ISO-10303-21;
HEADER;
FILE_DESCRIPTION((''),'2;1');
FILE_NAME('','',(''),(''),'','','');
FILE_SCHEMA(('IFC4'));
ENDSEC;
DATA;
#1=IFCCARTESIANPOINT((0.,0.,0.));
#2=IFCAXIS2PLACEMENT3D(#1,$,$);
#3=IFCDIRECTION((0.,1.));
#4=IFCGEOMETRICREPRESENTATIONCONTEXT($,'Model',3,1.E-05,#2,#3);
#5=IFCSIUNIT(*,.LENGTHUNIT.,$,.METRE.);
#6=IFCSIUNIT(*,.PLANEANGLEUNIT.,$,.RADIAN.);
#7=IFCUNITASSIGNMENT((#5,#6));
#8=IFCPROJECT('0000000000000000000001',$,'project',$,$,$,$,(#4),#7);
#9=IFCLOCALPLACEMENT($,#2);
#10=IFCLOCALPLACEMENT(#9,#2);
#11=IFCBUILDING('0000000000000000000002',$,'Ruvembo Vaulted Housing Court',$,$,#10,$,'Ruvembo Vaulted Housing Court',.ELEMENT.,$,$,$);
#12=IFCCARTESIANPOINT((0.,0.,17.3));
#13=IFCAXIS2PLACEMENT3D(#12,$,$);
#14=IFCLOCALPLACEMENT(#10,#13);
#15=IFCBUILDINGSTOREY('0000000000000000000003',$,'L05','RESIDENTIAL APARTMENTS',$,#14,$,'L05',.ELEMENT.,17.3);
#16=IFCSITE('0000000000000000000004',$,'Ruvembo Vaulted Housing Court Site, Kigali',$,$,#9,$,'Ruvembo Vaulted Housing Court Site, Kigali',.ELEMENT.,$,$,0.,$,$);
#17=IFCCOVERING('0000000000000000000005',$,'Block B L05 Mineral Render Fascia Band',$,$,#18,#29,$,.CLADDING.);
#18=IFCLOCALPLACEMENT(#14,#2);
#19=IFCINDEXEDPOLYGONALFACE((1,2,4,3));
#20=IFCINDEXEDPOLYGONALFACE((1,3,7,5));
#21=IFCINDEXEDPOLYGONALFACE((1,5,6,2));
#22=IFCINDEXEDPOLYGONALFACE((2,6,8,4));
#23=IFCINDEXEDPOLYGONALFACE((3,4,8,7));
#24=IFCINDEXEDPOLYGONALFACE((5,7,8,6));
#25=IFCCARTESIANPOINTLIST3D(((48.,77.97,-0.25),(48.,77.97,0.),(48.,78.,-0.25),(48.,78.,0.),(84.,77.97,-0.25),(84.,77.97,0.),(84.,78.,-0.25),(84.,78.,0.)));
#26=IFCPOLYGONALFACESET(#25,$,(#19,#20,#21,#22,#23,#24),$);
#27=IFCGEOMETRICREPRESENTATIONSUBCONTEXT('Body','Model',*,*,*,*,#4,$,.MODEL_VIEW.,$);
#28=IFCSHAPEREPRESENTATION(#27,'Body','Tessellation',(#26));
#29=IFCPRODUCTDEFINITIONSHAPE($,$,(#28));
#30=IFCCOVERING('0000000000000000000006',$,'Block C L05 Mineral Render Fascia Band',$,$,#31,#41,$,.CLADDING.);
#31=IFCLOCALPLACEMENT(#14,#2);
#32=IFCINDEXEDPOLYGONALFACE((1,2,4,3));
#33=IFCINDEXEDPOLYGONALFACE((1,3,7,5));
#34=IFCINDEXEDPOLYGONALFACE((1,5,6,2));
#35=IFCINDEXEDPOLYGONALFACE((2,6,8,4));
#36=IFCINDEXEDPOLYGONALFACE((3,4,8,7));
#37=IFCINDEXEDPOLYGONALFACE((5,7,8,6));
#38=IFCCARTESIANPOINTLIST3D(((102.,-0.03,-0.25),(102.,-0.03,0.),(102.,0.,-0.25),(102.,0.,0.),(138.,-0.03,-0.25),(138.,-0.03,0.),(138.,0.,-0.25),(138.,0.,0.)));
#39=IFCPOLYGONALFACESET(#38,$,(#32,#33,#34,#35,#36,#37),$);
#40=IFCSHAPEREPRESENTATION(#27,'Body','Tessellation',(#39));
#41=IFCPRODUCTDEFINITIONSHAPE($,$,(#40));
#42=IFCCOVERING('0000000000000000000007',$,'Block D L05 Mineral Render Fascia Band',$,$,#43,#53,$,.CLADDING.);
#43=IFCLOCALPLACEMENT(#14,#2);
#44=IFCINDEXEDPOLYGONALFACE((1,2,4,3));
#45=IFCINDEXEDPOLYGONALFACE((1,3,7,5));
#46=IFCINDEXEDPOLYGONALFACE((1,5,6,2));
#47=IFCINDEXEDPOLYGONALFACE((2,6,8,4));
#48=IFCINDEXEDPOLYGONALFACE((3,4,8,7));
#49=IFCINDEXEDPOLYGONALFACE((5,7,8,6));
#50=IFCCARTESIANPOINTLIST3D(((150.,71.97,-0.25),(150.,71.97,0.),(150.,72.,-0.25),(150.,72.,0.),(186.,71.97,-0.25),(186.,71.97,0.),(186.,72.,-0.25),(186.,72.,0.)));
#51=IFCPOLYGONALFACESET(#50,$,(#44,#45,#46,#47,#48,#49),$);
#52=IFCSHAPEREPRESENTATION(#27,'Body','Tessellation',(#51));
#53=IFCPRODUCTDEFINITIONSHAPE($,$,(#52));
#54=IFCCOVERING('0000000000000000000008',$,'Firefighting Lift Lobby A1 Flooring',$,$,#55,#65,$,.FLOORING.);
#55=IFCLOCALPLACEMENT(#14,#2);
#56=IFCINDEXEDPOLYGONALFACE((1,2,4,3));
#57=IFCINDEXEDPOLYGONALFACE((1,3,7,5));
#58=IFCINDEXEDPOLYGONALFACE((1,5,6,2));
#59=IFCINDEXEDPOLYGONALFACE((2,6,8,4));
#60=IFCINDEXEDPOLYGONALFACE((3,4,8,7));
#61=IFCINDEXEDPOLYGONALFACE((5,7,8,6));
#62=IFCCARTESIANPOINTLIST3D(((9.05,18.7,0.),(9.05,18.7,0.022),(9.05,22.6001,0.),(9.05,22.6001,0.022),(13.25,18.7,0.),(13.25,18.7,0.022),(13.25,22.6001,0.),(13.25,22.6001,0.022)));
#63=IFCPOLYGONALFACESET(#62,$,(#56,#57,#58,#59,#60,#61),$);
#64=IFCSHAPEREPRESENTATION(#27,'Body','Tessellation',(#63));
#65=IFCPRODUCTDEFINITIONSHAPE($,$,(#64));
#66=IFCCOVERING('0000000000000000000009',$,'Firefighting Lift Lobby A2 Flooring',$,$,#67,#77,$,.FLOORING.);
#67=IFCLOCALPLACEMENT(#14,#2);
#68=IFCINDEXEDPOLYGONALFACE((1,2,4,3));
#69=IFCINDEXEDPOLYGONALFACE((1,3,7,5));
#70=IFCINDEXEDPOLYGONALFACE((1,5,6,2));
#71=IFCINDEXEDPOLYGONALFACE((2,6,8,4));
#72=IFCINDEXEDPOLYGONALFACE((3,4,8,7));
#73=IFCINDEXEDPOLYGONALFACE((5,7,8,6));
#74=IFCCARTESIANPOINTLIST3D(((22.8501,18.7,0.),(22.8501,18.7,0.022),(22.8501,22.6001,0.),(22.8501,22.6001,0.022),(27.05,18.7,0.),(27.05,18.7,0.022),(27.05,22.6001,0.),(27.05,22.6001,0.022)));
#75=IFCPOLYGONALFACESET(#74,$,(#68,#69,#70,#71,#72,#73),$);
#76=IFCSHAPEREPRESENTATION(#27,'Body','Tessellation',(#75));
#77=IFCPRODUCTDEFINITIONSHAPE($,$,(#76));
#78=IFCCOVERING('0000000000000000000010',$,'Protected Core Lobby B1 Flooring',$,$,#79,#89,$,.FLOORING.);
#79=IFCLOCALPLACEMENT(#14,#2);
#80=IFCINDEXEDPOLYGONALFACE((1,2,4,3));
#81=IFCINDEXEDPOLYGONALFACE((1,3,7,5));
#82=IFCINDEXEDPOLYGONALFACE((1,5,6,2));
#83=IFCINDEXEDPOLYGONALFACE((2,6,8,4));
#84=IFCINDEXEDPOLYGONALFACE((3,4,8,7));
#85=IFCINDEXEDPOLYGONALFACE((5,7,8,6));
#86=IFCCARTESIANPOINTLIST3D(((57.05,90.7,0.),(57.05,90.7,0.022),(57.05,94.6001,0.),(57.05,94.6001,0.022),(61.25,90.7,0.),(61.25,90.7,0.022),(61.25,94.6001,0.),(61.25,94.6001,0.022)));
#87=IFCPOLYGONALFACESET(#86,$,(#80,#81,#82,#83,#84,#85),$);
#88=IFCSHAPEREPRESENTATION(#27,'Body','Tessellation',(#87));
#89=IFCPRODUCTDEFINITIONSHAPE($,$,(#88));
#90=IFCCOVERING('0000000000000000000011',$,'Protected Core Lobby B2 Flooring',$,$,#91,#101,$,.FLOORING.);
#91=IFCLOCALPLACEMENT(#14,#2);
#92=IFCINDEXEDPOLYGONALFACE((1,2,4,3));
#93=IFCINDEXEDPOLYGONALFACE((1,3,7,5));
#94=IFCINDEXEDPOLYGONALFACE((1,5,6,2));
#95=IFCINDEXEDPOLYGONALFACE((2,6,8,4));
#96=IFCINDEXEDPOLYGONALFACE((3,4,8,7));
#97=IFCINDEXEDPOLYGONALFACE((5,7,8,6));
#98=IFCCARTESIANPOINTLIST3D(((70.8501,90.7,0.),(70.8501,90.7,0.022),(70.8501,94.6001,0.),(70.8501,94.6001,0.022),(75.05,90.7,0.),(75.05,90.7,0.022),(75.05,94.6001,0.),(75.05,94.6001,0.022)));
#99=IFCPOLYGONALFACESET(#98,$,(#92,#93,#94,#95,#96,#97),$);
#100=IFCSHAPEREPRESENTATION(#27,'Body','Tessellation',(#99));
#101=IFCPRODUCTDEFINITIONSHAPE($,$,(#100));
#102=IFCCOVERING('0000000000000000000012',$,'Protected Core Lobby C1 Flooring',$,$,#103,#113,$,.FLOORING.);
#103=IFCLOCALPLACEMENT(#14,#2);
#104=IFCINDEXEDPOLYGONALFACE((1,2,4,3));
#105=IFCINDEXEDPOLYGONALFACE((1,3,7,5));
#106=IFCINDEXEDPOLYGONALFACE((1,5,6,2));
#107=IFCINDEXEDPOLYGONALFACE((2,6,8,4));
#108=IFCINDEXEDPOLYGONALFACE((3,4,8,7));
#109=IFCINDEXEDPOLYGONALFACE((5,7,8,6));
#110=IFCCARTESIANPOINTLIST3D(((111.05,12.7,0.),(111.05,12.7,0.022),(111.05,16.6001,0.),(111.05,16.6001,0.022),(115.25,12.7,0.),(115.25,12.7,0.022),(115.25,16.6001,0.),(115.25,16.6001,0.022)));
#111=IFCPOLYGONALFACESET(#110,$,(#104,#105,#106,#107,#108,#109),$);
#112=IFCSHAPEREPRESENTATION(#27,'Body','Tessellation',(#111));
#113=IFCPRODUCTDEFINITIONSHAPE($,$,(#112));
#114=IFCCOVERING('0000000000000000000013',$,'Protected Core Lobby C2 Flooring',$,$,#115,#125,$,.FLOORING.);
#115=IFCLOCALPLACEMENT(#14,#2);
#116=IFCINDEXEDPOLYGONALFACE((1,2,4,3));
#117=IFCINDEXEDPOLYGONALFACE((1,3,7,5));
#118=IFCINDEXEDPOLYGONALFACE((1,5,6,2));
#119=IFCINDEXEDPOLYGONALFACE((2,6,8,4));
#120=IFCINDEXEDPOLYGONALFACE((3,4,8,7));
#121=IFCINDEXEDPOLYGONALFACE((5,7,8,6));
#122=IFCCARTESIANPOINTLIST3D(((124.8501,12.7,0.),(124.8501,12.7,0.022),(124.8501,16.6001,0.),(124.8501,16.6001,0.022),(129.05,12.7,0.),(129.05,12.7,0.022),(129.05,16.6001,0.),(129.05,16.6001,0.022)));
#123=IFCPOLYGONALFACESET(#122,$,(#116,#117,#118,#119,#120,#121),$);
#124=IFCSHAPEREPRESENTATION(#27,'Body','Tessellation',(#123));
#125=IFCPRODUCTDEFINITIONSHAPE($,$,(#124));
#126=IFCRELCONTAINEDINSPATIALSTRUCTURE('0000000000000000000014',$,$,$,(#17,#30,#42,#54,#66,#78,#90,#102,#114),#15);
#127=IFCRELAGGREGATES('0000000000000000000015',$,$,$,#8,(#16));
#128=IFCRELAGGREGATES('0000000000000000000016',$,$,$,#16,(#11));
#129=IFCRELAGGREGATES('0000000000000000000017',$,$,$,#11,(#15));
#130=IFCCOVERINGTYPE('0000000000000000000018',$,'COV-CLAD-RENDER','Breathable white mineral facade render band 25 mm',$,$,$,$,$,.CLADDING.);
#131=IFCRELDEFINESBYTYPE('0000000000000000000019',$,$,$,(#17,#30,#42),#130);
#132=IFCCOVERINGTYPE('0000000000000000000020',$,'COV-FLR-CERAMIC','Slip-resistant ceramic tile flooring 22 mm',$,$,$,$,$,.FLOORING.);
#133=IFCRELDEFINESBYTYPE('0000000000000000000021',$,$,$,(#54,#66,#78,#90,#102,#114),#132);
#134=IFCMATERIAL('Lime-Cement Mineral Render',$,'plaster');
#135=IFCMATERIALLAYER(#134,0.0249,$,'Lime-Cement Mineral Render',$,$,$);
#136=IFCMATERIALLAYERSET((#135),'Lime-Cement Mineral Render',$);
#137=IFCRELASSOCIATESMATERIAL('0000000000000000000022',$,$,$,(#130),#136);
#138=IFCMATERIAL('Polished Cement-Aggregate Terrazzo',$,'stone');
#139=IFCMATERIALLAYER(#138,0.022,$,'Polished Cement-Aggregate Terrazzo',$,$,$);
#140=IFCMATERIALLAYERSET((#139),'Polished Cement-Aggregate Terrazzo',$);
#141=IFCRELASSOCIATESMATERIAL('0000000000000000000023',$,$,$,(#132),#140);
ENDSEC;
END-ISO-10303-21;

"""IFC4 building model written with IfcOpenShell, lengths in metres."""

from ifc_helpers import new_model, si_unit, direction, frame, origin, place, context, subcontext, project, spatial, polyline, outline, extrude, material, layer, layer_set, type_object, element, save


model = new_model("IFC4")

# Units and contexts
model_context = context("Model", 3, precision=1e-05, world=origin(), true_north=direction((0.0, 1.0)))
body_context = subcontext(model_context, "Body", "Model", "MODEL_VIEW")
ifc_project = project(units=[si_unit("LENGTHUNIT", "METRE"), si_unit("PLANEANGLEUNIT", "RADIAN")], contexts=[model_context])

# Site, building, storey
site_placement = place(None, origin())
site = spatial("IfcSite", under=ifc_project, at=site_placement, Name="Ruvembo Vaulted Housing Court Site, Kigali", LongName="Ruvembo Vaulted Housing Court Site, Kigali", CompositionType="ELEMENT", RefElevation=0.0)
building_placement = place(site_placement, origin())
building = spatial("IfcBuilding", under=site, at=building_placement, Name="Ruvembo Vaulted Housing Court", LongName="Ruvembo Vaulted Housing Court", CompositionType="ELEMENT")
storey_placement = place(building_placement, frame((0.0, 0.0, 17.3)))
storey = spatial("IfcBuildingStorey", under=building, at=storey_placement, Name="L05", Description="RESIDENTIAL APARTMENTS", LongName="L05", CompositionType="ELEMENT", Elevation=17.3)

# Coverings
ifc_material_1 = material(Name="Lime-Cement Mineral Render", Category="plaster")
ifc_layer_1 = layer(ifc_material_1, 0.0249, Name="Lime-Cement Mineral Render")
ifc_layer_set_1 = layer_set([ifc_layer_1], Name="Lime-Cement Mineral Render")
covering_type_1 = type_object("IfcCoveringType", Name="COV-CLAD-RENDER", Description="Breathable white mineral facade render band 25 mm", PredefinedType="CLADDING", material=ifc_layer_set_1)
covering_1_placement = place(storey_placement, frame((0.0, 0.0, -0.25)))
element("IfcCovering", 1, at=covering_1_placement, inside=storey, type_object=covering_type_1, Name="Block B L05 Mineral Render Fascia Band", PredefinedType="CLADDING", context=body_context, shape_type="SweptSolid", body=[
    extrude(outline(polyline([(48.0, 77.97), (84.0, 77.97), (84.0, 78.0), (48.0, 78.0), (48.0, 77.97)])), origin(), (0.0, 0.0, 1.0), 0.25),
])
covering_2_placement = place(storey_placement, frame((0.0, 0.0, -0.25)))
element("IfcCovering", 2, at=covering_2_placement, inside=storey, type_object=covering_type_1, Name="Block C L05 Mineral Render Fascia Band", PredefinedType="CLADDING", context=body_context, shape_type="SweptSolid", body=[
    extrude(outline(polyline([(102.0, -0.03), (138.0, -0.03), (138.0, 0.0), (102.0, 0.0), (102.0, -0.03)])), origin(), (0.0, 0.0, 1.0), 0.25),
])
covering_3_placement = place(storey_placement, frame((0.0, 0.0, -0.25)))
element("IfcCovering", 3, at=covering_3_placement, inside=storey, type_object=covering_type_1, Name="Block D L05 Mineral Render Fascia Band", PredefinedType="CLADDING", context=body_context, shape_type="SweptSolid", body=[
    extrude(outline(polyline([(150.0, 71.97), (186.0, 71.97), (186.0, 72.0), (150.0, 72.0), (150.0, 71.97)])), origin(), (0.0, 0.0, 1.0), 0.25),
])
ifc_material_2 = material(Name="Polished Cement-Aggregate Terrazzo", Category="stone")
ifc_layer_2 = layer(ifc_material_2, 0.022, Name="Polished Cement-Aggregate Terrazzo")
ifc_layer_set_2 = layer_set([ifc_layer_2], Name="Polished Cement-Aggregate Terrazzo")
covering_type_2 = type_object("IfcCoveringType", Name="COV-FLR-CERAMIC", Description="Slip-resistant ceramic tile flooring 22 mm", PredefinedType="FLOORING", material=ifc_layer_set_2)
covering_4_placement = place(storey_placement, origin())
element("IfcCovering", 4, at=covering_4_placement, inside=storey, type_object=covering_type_2, Name="Firefighting Lift Lobby A1 Flooring", PredefinedType="FLOORING", context=body_context, shape_type="SweptSolid", body=[
    extrude(outline(polyline([(13.25, 22.6001), (9.05, 22.6001), (9.05, 18.7), (13.25, 18.7), (13.25, 22.6001)])), origin(), (0.0, 0.0, 1.0), 0.022),
])
covering_5_placement = place(storey_placement, origin())
element("IfcCovering", 5, at=covering_5_placement, inside=storey, type_object=covering_type_2, Name="Firefighting Lift Lobby A2 Flooring", PredefinedType="FLOORING", context=body_context, shape_type="SweptSolid", body=[
    extrude(outline(polyline([(27.05, 22.6001), (22.8501, 22.6001), (22.8501, 18.7), (27.05, 18.7), (27.05, 22.6001)])), origin(), (0.0, 0.0, 1.0), 0.022),
])
covering_6_placement = place(storey_placement, origin())
element("IfcCovering", 6, at=covering_6_placement, inside=storey, type_object=covering_type_2, Name="Protected Core Lobby B1 Flooring", PredefinedType="FLOORING", context=body_context, shape_type="SweptSolid", body=[
    extrude(outline(polyline([(61.25, 94.6001), (57.05, 94.6001), (57.05, 90.7), (61.25, 90.7), (61.25, 94.6001)])), origin(), (0.0, 0.0, 1.0), 0.022),
])
covering_7_placement = place(storey_placement, origin())
element("IfcCovering", 7, at=covering_7_placement, inside=storey, type_object=covering_type_2, Name="Protected Core Lobby B2 Flooring", PredefinedType="FLOORING", context=body_context, shape_type="SweptSolid", body=[
    extrude(outline(polyline([(75.05, 94.6001), (70.8501, 94.6001), (70.8501, 90.7), (75.05, 90.7), (75.05, 94.6001)])), origin(), (0.0, 0.0, 1.0), 0.022),
])
covering_8_placement = place(storey_placement, origin())
element("IfcCovering", 8, at=covering_8_placement, inside=storey, type_object=covering_type_2, Name="Protected Core Lobby C1 Flooring", PredefinedType="FLOORING", context=body_context, shape_type="SweptSolid", body=[
    extrude(outline(polyline([(115.25, 16.6001), (111.05, 16.6001), (111.05, 12.7), (115.25, 12.7), (115.25, 16.6001)])), origin(), (0.0, 0.0, 1.0), 0.022),
])
covering_9_placement = place(storey_placement, origin())
element("IfcCovering", 9, at=covering_9_placement, inside=storey, type_object=covering_type_2, Name="Protected Core Lobby C2 Flooring", PredefinedType="FLOORING", context=body_context, shape_type="SweptSolid", body=[
    extrude(outline(polyline([(129.05, 16.6001), (124.8501, 16.6001), (124.8501, 12.7), (129.05, 12.7), (129.05, 16.6001)])), origin(), (0.0, 0.0, 1.0), 0.022),
])

save(model, "model.ifc")
